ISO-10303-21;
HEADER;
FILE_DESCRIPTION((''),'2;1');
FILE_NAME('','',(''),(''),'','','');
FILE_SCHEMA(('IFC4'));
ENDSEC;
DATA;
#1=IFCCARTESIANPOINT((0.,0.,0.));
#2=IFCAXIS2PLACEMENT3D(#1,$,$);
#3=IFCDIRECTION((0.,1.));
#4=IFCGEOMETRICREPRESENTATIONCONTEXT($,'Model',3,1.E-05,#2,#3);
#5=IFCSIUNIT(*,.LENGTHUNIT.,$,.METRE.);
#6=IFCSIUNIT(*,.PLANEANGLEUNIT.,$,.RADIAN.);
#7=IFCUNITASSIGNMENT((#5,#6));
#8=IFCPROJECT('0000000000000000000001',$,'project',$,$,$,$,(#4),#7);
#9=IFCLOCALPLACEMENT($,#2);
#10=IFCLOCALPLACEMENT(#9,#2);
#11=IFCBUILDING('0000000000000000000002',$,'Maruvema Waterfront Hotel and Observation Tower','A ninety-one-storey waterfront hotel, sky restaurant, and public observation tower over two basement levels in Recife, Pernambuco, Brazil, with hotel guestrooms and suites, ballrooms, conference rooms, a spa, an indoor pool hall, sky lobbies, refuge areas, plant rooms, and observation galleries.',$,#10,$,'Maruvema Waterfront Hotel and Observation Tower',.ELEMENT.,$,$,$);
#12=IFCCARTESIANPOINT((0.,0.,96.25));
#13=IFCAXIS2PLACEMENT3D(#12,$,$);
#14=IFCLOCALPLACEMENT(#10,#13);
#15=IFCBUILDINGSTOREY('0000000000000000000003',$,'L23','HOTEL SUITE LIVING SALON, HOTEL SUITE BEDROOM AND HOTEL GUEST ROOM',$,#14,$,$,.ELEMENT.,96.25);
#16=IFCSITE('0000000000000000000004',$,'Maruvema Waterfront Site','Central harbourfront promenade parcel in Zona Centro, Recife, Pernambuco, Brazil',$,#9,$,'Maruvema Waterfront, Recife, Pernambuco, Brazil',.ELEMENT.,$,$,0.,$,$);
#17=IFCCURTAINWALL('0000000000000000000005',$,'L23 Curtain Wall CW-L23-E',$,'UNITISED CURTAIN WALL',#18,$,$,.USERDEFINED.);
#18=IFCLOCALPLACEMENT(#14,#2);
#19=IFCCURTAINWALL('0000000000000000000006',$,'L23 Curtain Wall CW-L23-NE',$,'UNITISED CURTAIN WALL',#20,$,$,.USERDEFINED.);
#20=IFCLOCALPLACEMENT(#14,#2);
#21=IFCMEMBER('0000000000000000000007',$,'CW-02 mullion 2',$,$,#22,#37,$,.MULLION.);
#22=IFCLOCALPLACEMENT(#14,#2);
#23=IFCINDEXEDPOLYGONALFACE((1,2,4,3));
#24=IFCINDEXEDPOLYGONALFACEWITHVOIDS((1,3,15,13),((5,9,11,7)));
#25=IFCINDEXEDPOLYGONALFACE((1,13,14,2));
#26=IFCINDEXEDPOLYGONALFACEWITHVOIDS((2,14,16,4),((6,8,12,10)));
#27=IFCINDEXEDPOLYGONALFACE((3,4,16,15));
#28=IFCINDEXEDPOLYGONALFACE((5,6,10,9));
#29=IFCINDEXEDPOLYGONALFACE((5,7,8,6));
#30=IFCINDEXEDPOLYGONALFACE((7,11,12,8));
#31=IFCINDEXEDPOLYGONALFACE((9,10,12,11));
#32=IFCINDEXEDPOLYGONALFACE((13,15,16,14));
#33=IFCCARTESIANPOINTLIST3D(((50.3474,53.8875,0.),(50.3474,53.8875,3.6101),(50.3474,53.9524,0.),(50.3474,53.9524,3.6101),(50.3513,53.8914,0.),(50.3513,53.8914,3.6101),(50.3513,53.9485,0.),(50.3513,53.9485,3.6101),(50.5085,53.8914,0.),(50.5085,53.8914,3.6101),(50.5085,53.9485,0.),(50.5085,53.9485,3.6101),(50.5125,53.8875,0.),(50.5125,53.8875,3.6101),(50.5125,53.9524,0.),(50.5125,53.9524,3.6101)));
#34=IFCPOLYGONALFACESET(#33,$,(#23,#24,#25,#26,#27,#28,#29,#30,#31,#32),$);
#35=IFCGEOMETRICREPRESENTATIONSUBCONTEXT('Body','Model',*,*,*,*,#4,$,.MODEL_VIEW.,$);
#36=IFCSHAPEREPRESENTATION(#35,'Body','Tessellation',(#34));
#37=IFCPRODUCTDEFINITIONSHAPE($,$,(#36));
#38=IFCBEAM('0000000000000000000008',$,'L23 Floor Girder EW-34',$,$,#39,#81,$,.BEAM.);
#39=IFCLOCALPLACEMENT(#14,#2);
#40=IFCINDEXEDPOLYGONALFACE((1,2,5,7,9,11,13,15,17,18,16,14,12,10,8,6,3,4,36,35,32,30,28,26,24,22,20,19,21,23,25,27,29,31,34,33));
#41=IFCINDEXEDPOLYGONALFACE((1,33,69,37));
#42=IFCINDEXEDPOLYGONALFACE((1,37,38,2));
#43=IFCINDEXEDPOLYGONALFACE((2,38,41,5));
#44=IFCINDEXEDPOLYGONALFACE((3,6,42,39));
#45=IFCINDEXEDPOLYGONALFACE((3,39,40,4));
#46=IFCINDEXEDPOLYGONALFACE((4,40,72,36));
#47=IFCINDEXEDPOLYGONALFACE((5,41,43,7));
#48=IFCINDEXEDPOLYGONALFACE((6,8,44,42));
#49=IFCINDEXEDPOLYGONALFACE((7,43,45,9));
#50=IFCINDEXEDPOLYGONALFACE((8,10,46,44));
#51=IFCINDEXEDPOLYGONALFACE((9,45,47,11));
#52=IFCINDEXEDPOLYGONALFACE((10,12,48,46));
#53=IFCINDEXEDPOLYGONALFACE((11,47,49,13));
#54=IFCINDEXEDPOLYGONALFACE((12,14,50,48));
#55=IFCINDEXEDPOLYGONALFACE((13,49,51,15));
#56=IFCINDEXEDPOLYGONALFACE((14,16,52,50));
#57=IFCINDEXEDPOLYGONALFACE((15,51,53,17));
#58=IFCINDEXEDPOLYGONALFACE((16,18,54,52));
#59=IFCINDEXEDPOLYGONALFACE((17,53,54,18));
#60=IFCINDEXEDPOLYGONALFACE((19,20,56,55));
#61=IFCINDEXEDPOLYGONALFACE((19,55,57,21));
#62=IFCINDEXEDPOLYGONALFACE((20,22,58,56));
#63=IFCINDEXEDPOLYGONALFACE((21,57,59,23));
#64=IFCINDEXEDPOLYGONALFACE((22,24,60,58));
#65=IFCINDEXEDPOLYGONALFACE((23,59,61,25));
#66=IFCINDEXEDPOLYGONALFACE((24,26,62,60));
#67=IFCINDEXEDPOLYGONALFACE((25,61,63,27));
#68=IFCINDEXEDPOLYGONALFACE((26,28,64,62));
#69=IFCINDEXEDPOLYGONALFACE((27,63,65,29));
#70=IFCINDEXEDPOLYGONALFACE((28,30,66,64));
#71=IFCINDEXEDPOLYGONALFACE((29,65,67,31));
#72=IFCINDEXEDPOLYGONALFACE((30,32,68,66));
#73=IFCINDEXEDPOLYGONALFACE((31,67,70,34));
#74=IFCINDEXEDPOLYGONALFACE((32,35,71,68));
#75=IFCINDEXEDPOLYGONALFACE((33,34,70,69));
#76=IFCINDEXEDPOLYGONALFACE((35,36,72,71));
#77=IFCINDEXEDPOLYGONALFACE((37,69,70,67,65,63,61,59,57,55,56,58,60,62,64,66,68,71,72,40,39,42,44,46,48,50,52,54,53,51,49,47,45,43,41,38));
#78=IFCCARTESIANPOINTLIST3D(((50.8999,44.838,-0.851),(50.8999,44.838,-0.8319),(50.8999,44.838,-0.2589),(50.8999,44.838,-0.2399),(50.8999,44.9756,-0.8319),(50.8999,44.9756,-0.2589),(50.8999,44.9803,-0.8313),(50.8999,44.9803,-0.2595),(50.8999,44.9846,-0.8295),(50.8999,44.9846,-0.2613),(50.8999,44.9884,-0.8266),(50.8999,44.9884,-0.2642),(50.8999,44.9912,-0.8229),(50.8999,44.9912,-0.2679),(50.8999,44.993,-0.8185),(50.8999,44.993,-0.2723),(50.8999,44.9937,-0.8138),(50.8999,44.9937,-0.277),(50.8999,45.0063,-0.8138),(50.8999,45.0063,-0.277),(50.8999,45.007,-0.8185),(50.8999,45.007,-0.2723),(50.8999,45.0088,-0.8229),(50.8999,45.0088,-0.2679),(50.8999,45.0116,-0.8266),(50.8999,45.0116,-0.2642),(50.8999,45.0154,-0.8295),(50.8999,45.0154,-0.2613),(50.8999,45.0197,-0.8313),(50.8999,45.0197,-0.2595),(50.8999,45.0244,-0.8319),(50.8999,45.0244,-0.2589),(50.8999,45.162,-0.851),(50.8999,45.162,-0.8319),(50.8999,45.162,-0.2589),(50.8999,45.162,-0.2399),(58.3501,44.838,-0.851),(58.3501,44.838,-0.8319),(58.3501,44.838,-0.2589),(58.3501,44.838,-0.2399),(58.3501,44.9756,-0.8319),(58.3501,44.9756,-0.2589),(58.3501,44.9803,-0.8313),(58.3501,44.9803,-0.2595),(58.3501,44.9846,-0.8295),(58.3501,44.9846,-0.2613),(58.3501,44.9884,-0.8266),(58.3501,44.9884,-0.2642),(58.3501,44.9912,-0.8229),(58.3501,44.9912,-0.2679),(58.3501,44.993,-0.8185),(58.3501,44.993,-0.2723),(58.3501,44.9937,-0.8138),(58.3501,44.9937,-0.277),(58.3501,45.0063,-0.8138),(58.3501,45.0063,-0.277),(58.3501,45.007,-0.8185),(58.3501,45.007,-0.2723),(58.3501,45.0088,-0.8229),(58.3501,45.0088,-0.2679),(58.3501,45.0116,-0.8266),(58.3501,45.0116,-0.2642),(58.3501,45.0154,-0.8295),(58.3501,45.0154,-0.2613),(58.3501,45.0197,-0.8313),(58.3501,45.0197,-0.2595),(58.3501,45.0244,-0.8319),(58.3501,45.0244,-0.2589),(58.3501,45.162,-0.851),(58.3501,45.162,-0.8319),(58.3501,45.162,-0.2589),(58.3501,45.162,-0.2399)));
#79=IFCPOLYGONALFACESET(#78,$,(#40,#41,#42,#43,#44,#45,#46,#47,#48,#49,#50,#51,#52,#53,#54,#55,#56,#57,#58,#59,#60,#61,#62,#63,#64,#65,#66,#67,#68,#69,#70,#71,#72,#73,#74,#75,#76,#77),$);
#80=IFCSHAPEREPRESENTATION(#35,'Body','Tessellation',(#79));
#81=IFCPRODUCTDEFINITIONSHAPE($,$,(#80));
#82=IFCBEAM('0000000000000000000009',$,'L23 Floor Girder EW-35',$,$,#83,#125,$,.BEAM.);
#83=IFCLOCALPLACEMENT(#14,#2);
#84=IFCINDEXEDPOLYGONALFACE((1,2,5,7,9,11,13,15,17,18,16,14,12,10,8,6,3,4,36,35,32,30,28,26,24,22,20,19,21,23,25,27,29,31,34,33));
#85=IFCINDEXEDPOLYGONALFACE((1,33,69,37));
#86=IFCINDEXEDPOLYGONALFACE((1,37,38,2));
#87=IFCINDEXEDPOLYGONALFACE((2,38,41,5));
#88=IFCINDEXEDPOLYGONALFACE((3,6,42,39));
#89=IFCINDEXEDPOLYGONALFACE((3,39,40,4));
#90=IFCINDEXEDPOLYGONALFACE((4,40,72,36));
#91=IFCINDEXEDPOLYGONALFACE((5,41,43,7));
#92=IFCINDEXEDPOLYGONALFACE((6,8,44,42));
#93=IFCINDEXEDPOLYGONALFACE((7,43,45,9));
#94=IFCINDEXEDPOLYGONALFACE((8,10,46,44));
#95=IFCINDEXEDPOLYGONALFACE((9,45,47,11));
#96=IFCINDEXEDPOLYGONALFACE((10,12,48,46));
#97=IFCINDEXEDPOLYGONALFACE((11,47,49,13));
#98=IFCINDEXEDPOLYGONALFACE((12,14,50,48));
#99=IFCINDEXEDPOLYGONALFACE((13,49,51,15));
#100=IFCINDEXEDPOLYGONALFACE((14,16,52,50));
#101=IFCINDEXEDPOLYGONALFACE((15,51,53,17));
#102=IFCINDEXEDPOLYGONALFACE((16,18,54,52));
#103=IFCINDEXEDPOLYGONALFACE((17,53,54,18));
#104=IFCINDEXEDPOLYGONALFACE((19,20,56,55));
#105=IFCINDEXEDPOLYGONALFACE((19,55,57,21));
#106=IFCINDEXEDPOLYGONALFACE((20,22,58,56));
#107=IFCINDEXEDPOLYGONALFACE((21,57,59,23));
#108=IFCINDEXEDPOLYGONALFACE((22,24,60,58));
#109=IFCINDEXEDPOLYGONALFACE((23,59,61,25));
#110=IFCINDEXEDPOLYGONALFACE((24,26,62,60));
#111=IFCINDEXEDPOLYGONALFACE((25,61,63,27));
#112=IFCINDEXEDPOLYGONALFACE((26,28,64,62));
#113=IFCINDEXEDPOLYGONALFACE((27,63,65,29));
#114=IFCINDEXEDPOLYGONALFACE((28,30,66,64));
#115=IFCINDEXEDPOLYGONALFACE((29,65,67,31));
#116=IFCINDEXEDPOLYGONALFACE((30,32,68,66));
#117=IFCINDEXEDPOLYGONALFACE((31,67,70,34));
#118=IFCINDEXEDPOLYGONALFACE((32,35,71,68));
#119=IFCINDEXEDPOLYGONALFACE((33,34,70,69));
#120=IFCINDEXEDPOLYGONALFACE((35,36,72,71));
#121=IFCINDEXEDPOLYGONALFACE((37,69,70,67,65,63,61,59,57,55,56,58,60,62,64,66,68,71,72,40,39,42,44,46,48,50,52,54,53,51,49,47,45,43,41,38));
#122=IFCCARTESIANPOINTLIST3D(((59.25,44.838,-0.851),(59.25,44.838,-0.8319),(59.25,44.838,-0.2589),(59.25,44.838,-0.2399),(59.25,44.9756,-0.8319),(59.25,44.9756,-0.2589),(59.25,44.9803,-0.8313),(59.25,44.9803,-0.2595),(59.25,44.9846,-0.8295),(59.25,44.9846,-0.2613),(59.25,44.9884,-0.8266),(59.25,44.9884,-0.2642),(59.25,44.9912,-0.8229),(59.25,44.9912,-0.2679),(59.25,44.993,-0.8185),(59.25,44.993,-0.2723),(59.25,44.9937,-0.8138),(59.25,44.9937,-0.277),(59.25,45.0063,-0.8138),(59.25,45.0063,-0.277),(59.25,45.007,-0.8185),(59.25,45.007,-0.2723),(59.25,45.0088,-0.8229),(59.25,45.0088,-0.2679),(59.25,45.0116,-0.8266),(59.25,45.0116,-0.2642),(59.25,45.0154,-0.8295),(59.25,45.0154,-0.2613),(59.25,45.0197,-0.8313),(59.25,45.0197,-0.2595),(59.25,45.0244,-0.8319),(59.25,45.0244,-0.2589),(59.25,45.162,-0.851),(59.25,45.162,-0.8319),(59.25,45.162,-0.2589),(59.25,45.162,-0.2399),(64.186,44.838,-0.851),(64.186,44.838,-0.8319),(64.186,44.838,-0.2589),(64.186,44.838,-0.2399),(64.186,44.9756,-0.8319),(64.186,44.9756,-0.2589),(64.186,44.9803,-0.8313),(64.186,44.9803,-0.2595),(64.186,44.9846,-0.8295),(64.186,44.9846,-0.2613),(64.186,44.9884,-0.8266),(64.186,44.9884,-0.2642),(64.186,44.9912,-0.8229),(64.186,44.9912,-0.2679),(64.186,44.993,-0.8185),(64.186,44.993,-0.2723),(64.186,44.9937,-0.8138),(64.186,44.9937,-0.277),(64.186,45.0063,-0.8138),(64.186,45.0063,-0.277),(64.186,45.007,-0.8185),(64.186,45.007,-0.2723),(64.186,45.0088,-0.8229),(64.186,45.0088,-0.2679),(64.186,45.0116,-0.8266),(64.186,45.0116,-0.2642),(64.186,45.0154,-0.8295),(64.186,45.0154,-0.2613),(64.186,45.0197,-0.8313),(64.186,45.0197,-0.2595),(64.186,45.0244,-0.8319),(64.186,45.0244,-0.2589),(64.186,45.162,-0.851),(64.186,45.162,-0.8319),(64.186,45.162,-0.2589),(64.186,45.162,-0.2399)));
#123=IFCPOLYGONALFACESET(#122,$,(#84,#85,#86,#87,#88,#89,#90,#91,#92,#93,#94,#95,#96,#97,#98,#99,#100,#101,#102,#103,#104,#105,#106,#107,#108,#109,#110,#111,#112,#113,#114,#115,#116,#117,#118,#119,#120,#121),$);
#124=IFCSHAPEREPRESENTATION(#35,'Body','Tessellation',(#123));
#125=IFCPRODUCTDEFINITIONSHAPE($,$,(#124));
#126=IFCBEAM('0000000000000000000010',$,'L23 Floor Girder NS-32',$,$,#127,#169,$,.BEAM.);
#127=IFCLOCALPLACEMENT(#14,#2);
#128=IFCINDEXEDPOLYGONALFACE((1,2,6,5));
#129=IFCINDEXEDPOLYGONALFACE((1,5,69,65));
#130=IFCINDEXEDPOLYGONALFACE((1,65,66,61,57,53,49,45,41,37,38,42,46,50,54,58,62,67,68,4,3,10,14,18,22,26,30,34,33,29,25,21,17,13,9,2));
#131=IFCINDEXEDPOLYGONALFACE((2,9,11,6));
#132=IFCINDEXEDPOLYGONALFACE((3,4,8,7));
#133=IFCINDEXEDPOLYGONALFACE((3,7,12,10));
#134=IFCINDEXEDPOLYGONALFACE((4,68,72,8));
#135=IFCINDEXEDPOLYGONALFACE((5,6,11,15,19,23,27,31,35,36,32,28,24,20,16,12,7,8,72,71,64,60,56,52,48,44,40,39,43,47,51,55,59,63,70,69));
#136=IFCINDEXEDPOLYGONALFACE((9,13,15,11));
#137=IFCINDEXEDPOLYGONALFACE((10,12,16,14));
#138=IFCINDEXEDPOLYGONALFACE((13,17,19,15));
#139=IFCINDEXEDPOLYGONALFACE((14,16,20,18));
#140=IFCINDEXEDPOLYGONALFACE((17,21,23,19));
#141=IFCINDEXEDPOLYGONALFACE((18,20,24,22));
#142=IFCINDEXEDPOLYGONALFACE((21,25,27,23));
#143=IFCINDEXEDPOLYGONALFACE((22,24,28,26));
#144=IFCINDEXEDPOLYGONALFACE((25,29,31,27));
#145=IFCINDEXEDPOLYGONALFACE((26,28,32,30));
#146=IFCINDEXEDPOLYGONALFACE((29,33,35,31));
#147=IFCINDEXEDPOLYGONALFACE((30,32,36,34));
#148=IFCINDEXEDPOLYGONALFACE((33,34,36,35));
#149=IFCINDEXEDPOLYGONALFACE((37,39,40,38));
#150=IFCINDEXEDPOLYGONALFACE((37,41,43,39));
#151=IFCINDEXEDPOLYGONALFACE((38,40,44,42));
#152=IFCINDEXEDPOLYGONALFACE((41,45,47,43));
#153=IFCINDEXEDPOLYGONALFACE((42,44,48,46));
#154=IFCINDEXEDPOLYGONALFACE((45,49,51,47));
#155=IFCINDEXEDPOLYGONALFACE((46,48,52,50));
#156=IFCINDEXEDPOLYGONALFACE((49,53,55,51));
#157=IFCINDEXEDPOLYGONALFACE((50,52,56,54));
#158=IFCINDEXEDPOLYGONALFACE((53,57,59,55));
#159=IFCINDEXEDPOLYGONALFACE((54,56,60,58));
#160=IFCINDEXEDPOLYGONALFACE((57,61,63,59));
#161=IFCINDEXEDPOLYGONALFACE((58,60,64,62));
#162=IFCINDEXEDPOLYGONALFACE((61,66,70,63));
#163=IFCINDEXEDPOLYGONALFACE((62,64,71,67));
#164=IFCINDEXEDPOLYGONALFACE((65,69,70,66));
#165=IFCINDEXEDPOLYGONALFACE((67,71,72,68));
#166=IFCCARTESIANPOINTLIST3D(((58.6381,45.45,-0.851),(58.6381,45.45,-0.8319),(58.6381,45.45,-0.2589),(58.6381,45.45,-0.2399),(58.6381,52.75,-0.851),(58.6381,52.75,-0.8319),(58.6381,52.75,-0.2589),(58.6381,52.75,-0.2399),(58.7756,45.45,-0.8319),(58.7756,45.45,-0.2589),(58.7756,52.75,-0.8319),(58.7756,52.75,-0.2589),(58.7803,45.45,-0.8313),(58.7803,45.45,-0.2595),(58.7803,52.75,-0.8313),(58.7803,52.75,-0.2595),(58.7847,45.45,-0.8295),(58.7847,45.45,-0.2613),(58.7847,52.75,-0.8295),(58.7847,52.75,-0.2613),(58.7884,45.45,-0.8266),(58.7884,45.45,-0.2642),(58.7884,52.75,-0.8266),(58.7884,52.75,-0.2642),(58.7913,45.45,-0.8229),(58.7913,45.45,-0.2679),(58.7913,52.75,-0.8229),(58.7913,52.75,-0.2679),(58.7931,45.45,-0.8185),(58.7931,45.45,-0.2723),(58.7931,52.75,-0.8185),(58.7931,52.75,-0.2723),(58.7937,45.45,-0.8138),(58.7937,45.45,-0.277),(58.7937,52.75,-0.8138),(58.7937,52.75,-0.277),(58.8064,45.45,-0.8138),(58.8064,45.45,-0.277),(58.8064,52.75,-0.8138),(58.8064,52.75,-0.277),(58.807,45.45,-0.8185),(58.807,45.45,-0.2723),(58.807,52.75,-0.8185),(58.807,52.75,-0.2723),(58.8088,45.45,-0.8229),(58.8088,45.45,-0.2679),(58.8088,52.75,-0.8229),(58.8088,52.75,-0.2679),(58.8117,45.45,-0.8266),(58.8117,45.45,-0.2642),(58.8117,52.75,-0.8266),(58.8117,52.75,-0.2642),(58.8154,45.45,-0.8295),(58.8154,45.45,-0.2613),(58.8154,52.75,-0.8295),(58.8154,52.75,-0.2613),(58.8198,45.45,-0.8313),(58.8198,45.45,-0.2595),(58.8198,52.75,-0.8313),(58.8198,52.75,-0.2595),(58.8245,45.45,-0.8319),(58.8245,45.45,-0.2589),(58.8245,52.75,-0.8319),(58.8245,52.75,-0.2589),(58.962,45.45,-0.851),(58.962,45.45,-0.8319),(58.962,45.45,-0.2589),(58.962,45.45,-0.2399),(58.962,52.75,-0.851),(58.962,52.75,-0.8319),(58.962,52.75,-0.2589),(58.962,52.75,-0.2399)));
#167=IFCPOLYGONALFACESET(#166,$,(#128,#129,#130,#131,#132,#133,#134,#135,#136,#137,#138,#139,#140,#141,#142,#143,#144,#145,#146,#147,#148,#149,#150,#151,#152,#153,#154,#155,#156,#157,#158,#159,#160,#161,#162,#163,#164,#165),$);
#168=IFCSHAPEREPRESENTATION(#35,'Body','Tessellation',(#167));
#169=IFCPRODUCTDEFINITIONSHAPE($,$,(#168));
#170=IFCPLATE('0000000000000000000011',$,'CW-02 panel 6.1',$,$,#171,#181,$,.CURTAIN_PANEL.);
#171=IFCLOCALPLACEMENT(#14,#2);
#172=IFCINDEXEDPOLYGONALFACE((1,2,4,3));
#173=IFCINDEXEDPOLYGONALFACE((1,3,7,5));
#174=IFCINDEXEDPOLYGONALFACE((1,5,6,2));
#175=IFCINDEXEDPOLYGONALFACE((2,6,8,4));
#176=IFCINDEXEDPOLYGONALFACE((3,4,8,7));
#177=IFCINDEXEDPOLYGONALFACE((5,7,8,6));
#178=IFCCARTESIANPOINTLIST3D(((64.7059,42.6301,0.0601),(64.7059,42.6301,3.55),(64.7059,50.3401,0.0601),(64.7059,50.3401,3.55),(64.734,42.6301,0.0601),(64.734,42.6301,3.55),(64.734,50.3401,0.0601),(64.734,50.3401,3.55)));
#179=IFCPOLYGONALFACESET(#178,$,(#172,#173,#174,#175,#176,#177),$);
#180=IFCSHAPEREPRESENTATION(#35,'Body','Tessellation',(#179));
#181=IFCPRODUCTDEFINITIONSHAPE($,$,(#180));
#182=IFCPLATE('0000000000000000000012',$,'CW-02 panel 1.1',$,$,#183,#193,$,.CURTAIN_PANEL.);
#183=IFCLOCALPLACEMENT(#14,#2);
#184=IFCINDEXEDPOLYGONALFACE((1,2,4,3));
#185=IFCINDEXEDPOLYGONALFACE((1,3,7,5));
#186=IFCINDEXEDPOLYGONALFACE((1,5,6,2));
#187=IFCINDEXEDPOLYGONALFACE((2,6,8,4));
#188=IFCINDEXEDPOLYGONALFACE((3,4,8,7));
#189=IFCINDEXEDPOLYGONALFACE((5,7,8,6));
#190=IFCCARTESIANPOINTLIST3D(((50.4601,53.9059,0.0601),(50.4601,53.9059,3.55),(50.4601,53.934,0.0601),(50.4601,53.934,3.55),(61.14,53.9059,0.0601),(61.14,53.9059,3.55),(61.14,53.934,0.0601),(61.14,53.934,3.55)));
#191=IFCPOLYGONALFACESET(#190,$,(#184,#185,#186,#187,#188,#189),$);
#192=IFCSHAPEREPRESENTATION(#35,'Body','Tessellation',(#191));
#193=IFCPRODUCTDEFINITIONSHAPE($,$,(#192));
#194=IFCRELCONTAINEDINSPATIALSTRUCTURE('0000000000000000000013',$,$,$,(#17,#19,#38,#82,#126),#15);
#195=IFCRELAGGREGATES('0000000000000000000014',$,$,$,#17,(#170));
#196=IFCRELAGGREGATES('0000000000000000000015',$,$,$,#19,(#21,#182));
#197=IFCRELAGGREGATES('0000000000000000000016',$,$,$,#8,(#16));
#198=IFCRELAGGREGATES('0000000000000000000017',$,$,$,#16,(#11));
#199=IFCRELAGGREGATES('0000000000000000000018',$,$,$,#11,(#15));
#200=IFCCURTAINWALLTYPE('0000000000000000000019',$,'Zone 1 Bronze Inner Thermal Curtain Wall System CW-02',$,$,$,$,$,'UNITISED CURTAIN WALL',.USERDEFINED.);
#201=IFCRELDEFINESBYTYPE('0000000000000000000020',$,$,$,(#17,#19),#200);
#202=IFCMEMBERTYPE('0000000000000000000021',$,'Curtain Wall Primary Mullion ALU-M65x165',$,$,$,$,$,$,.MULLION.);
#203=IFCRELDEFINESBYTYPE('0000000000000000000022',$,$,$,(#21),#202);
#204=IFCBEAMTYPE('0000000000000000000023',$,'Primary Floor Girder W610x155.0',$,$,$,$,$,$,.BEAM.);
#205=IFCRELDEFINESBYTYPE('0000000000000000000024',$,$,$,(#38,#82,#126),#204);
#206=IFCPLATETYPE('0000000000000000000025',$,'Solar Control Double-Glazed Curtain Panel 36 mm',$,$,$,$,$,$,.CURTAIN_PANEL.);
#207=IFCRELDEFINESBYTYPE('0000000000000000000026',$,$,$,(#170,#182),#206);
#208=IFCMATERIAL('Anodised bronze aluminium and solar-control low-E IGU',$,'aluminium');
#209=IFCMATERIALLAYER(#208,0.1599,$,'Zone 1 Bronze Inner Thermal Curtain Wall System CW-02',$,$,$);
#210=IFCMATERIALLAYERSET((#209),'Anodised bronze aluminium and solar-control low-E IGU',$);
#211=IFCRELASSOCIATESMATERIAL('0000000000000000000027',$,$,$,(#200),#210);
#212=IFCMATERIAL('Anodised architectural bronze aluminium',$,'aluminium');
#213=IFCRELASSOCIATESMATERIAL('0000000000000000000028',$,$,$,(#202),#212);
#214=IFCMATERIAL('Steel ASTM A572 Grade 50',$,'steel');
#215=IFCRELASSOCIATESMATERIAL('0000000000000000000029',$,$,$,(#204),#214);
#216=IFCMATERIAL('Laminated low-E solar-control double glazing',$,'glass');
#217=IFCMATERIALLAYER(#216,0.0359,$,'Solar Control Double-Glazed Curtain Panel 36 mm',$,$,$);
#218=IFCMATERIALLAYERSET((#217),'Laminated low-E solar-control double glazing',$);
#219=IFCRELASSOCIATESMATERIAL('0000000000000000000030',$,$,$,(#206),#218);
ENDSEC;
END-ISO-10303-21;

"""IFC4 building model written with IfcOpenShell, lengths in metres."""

from ifc_helpers import new_model, si_unit, direction, frame, origin, origin_2d, place, context, subcontext, project, spatial, rectangle, hollow_rectangle, i_section, extrude, material, layer, layer_set, material_profile, profile_set, type_object, element, aggregate, save


model = new_model("IFC4")

# Units and contexts
model_context = context("Model", 3, precision=1e-05, world=origin(), true_north=direction((0.0, 1.0)))
body_context = subcontext(model_context, "Body", "Model", "MODEL_VIEW")
ifc_project = project(units=[si_unit("LENGTHUNIT", "METRE"), si_unit("PLANEANGLEUNIT", "RADIAN")], contexts=[model_context])

# Site, building, storey
site_placement = place(None, origin())
site = spatial("IfcSite", under=ifc_project, at=site_placement, Name="Maruvema Waterfront Site", Description="Central harbourfront promenade parcel in Zona Centro, Recife, Pernambuco, Brazil", LongName="Maruvema Waterfront, Recife, Pernambuco, Brazil", CompositionType="ELEMENT", RefElevation=0.0)
building_placement = place(site_placement, origin())
building = spatial("IfcBuilding", under=site, at=building_placement, Name="Maruvema Waterfront Hotel and Observation Tower", Description="A ninety-one-storey waterfront hotel, sky restaurant, and public observation tower over two basement levels in Recife, Pernambuco, Brazil, with hotel guestrooms and suites, ballrooms, conference rooms, a spa, an indoor pool hall, sky lobbies, refuge areas, plant rooms, and observation galleries.", LongName="Maruvema Waterfront Hotel and Observation Tower", CompositionType="ELEMENT")
storey_placement = place(building_placement, frame((0.0, 0.0, 96.25)))
storey = spatial("IfcBuildingStorey", under=building, at=storey_placement, Name="L23", Description="HOTEL SUITE LIVING SALON, HOTEL SUITE BEDROOM AND HOTEL GUEST ROOM", CompositionType="ELEMENT", Elevation=96.25)

# Curtain walls
ifc_material_1 = material(Name="Anodised bronze aluminium and solar-control low-E IGU", Category="aluminium")
ifc_layer_1 = layer(ifc_material_1, 0.1599, Name="Zone 1 Bronze Inner Thermal Curtain Wall System CW-02")
ifc_layer_set_1 = layer_set([ifc_layer_1], Name="Anodised bronze aluminium and solar-control low-E IGU")
curtain_wall_type = type_object("IfcCurtainWallType", Name="Zone 1 Bronze Inner Thermal Curtain Wall System CW-02", ElementType="UNITISED CURTAIN WALL", PredefinedType="USERDEFINED", material=ifc_layer_set_1)
curtain_wall_1_placement = place(storey_placement, origin())
curtain_wall_1 = element("IfcCurtainWall", 1, at=curtain_wall_1_placement, inside=storey, type_object=curtain_wall_type, Name="L23 Curtain Wall CW-L23-E", ObjectType="UNITISED CURTAIN WALL", PredefinedType="USERDEFINED")
curtain_wall_2_placement = place(storey_placement, origin())
curtain_wall_2 = element("IfcCurtainWall", 2, at=curtain_wall_2_placement, inside=storey, type_object=curtain_wall_type, Name="L23 Curtain Wall CW-L23-NE", ObjectType="UNITISED CURTAIN WALL", PredefinedType="USERDEFINED")

# Member
ifc_material_2 = material(Name="Anodised architectural bronze aluminium", Category="aluminium")
ifc_material_profile_1 = material_profile(ifc_material_2, hollow_rectangle(XDim=0.0649, YDim=0.165, WallThickness=0.0039, at=origin_2d()), Name="ALU-M65x165")
ifc_profile_set_1 = profile_set([ifc_material_profile_1], Name="Anodised architectural bronze aluminium")
member_type_1 = type_object("IfcMemberType", Name="Curtain Wall Primary Mullion ALU-M65x165", PredefinedType="MULLION", material=ifc_profile_set_1)
member_1_placement = place(storey_placement, frame((50.4299, 53.9199, 0.0), z_axis=(0.0, 0.0, 1.0), x_axis=(0.0, -1.0, 0.0)))
member_1 = element("IfcMember", 3, at=member_1_placement, type_object=member_type_1, Name="CW-02 mullion 2", PredefinedType="MULLION", context=body_context, shape_type="SweptSolid", body=[
    extrude(hollow_rectangle(XDim=0.0649, YDim=0.165, WallThickness=0.0039, at=origin_2d()), origin(), (0.0, 0.0, 1.0), 3.6101),
])

# Beams
ifc_material_3 = material(Name="Steel ASTM A572 Grade 50", Category="steel")
ifc_material_profile_2 = material_profile(ifc_material_3, i_section(OverallWidth=0.324, OverallDepth=0.6111, WebThickness=0.0127, FlangeThickness=0.019, FilletRadius=0.0181, at=origin_2d()), Name="W610x155.0")
ifc_profile_set_2 = profile_set([ifc_material_profile_2], Name="Steel ASTM A572 Grade 50")
beam_type = type_object("IfcBeamType", Name="Primary Floor Girder W610x155.0", PredefinedType="BEAM", material=ifc_profile_set_2)
beam_1_placement = place(storey_placement, frame((50.8999, 45.0, -0.5454), z_axis=(1.0, 0.0, 0.0), x_axis=(0.0, 1.0, 0.0)))
element("IfcBeam", 4, at=beam_1_placement, inside=storey, type_object=beam_type, Name="L23 Floor Girder EW-34", PredefinedType="BEAM", context=body_context, shape_type="SweptSolid", body=[
    extrude(i_section(OverallWidth=0.324, OverallDepth=0.6111, WebThickness=0.0127, FlangeThickness=0.019, FilletRadius=0.0181, at=origin_2d()), origin(), (0.0, 0.0, 1.0), 7.4502),
])
beam_2_placement = place(storey_placement, frame((59.25, 45.0, -0.5454), z_axis=(1.0, 0.0, 0.0), x_axis=(0.0, 1.0, 0.0)))
element("IfcBeam", 5, at=beam_2_placement, inside=storey, type_object=beam_type, Name="L23 Floor Girder EW-35", PredefinedType="BEAM", context=body_context, shape_type="SweptSolid", body=[
    extrude(i_section(OverallWidth=0.324, OverallDepth=0.6111, WebThickness=0.0127, FlangeThickness=0.019, FilletRadius=0.0181, at=origin_2d()), origin(), (0.0, 0.0, 1.0), 4.936),
])
beam_3_placement = place(storey_placement, frame((58.8, 45.45, -0.5454), z_axis=(0.0, 1.0, 0.0), x_axis=(-1.0, 0.0, 0.0)))
element("IfcBeam", 6, at=beam_3_placement, inside=storey, type_object=beam_type, Name="L23 Floor Girder NS-32", PredefinedType="BEAM", context=body_context, shape_type="SweptSolid", body=[
    extrude(i_section(OverallWidth=0.324, OverallDepth=0.6111, WebThickness=0.0127, FlangeThickness=0.019, FilletRadius=0.0181, at=origin_2d()), origin(), (0.0, 0.0, 1.0), 7.3),
])

# Plates
ifc_material_4 = material(Name="Laminated low-E solar-control double glazing", Category="glass")
ifc_layer_2 = layer(ifc_material_4, 0.0359, Name="Solar Control Double-Glazed Curtain Panel 36 mm")
ifc_layer_set_2 = layer_set([ifc_layer_2], Name="Laminated low-E solar-control double glazing")
plate_type_1 = type_object("IfcPlateType", Name="Solar Control Double-Glazed Curtain Panel 36 mm", PredefinedType="CURTAIN_PANEL", material=ifc_layer_set_2)
plate_1_placement = place(storey_placement, frame((64.72, 46.4851, 0.0601), z_axis=(0.0, 0.0, 1.0), x_axis=(0.0, 1.0, 0.0)))
plate_1 = element("IfcPlate", 7, at=plate_1_placement, type_object=plate_type_1, Name="CW-02 panel 6.1", PredefinedType="CURTAIN_PANEL", context=body_context, shape_type="SweptSolid", body=[
    extrude(rectangle(XDim=7.71, YDim=0.0281, at=origin_2d()), origin(), (0.0, 0.0, 1.0), 3.49),
])
aggregate(curtain_wall_1, [plate_1])
plate_2_placement = place(storey_placement, frame((55.8, 53.9199, 0.0601), z_axis=(0.0, 0.0, 1.0), x_axis=(-1.0, 0.0, 0.0)))
plate_2 = element("IfcPlate", 8, at=plate_2_placement, type_object=plate_type_1, Name="CW-02 panel 1.1", PredefinedType="CURTAIN_PANEL", context=body_context, shape_type="SweptSolid", body=[
    extrude(rectangle(XDim=10.6799, YDim=0.0281, at=origin_2d()), origin(), (0.0, 0.0, 1.0), 3.49),
])
aggregate(curtain_wall_2, [member_1, plate_2])

save(model, "model.ifc")
